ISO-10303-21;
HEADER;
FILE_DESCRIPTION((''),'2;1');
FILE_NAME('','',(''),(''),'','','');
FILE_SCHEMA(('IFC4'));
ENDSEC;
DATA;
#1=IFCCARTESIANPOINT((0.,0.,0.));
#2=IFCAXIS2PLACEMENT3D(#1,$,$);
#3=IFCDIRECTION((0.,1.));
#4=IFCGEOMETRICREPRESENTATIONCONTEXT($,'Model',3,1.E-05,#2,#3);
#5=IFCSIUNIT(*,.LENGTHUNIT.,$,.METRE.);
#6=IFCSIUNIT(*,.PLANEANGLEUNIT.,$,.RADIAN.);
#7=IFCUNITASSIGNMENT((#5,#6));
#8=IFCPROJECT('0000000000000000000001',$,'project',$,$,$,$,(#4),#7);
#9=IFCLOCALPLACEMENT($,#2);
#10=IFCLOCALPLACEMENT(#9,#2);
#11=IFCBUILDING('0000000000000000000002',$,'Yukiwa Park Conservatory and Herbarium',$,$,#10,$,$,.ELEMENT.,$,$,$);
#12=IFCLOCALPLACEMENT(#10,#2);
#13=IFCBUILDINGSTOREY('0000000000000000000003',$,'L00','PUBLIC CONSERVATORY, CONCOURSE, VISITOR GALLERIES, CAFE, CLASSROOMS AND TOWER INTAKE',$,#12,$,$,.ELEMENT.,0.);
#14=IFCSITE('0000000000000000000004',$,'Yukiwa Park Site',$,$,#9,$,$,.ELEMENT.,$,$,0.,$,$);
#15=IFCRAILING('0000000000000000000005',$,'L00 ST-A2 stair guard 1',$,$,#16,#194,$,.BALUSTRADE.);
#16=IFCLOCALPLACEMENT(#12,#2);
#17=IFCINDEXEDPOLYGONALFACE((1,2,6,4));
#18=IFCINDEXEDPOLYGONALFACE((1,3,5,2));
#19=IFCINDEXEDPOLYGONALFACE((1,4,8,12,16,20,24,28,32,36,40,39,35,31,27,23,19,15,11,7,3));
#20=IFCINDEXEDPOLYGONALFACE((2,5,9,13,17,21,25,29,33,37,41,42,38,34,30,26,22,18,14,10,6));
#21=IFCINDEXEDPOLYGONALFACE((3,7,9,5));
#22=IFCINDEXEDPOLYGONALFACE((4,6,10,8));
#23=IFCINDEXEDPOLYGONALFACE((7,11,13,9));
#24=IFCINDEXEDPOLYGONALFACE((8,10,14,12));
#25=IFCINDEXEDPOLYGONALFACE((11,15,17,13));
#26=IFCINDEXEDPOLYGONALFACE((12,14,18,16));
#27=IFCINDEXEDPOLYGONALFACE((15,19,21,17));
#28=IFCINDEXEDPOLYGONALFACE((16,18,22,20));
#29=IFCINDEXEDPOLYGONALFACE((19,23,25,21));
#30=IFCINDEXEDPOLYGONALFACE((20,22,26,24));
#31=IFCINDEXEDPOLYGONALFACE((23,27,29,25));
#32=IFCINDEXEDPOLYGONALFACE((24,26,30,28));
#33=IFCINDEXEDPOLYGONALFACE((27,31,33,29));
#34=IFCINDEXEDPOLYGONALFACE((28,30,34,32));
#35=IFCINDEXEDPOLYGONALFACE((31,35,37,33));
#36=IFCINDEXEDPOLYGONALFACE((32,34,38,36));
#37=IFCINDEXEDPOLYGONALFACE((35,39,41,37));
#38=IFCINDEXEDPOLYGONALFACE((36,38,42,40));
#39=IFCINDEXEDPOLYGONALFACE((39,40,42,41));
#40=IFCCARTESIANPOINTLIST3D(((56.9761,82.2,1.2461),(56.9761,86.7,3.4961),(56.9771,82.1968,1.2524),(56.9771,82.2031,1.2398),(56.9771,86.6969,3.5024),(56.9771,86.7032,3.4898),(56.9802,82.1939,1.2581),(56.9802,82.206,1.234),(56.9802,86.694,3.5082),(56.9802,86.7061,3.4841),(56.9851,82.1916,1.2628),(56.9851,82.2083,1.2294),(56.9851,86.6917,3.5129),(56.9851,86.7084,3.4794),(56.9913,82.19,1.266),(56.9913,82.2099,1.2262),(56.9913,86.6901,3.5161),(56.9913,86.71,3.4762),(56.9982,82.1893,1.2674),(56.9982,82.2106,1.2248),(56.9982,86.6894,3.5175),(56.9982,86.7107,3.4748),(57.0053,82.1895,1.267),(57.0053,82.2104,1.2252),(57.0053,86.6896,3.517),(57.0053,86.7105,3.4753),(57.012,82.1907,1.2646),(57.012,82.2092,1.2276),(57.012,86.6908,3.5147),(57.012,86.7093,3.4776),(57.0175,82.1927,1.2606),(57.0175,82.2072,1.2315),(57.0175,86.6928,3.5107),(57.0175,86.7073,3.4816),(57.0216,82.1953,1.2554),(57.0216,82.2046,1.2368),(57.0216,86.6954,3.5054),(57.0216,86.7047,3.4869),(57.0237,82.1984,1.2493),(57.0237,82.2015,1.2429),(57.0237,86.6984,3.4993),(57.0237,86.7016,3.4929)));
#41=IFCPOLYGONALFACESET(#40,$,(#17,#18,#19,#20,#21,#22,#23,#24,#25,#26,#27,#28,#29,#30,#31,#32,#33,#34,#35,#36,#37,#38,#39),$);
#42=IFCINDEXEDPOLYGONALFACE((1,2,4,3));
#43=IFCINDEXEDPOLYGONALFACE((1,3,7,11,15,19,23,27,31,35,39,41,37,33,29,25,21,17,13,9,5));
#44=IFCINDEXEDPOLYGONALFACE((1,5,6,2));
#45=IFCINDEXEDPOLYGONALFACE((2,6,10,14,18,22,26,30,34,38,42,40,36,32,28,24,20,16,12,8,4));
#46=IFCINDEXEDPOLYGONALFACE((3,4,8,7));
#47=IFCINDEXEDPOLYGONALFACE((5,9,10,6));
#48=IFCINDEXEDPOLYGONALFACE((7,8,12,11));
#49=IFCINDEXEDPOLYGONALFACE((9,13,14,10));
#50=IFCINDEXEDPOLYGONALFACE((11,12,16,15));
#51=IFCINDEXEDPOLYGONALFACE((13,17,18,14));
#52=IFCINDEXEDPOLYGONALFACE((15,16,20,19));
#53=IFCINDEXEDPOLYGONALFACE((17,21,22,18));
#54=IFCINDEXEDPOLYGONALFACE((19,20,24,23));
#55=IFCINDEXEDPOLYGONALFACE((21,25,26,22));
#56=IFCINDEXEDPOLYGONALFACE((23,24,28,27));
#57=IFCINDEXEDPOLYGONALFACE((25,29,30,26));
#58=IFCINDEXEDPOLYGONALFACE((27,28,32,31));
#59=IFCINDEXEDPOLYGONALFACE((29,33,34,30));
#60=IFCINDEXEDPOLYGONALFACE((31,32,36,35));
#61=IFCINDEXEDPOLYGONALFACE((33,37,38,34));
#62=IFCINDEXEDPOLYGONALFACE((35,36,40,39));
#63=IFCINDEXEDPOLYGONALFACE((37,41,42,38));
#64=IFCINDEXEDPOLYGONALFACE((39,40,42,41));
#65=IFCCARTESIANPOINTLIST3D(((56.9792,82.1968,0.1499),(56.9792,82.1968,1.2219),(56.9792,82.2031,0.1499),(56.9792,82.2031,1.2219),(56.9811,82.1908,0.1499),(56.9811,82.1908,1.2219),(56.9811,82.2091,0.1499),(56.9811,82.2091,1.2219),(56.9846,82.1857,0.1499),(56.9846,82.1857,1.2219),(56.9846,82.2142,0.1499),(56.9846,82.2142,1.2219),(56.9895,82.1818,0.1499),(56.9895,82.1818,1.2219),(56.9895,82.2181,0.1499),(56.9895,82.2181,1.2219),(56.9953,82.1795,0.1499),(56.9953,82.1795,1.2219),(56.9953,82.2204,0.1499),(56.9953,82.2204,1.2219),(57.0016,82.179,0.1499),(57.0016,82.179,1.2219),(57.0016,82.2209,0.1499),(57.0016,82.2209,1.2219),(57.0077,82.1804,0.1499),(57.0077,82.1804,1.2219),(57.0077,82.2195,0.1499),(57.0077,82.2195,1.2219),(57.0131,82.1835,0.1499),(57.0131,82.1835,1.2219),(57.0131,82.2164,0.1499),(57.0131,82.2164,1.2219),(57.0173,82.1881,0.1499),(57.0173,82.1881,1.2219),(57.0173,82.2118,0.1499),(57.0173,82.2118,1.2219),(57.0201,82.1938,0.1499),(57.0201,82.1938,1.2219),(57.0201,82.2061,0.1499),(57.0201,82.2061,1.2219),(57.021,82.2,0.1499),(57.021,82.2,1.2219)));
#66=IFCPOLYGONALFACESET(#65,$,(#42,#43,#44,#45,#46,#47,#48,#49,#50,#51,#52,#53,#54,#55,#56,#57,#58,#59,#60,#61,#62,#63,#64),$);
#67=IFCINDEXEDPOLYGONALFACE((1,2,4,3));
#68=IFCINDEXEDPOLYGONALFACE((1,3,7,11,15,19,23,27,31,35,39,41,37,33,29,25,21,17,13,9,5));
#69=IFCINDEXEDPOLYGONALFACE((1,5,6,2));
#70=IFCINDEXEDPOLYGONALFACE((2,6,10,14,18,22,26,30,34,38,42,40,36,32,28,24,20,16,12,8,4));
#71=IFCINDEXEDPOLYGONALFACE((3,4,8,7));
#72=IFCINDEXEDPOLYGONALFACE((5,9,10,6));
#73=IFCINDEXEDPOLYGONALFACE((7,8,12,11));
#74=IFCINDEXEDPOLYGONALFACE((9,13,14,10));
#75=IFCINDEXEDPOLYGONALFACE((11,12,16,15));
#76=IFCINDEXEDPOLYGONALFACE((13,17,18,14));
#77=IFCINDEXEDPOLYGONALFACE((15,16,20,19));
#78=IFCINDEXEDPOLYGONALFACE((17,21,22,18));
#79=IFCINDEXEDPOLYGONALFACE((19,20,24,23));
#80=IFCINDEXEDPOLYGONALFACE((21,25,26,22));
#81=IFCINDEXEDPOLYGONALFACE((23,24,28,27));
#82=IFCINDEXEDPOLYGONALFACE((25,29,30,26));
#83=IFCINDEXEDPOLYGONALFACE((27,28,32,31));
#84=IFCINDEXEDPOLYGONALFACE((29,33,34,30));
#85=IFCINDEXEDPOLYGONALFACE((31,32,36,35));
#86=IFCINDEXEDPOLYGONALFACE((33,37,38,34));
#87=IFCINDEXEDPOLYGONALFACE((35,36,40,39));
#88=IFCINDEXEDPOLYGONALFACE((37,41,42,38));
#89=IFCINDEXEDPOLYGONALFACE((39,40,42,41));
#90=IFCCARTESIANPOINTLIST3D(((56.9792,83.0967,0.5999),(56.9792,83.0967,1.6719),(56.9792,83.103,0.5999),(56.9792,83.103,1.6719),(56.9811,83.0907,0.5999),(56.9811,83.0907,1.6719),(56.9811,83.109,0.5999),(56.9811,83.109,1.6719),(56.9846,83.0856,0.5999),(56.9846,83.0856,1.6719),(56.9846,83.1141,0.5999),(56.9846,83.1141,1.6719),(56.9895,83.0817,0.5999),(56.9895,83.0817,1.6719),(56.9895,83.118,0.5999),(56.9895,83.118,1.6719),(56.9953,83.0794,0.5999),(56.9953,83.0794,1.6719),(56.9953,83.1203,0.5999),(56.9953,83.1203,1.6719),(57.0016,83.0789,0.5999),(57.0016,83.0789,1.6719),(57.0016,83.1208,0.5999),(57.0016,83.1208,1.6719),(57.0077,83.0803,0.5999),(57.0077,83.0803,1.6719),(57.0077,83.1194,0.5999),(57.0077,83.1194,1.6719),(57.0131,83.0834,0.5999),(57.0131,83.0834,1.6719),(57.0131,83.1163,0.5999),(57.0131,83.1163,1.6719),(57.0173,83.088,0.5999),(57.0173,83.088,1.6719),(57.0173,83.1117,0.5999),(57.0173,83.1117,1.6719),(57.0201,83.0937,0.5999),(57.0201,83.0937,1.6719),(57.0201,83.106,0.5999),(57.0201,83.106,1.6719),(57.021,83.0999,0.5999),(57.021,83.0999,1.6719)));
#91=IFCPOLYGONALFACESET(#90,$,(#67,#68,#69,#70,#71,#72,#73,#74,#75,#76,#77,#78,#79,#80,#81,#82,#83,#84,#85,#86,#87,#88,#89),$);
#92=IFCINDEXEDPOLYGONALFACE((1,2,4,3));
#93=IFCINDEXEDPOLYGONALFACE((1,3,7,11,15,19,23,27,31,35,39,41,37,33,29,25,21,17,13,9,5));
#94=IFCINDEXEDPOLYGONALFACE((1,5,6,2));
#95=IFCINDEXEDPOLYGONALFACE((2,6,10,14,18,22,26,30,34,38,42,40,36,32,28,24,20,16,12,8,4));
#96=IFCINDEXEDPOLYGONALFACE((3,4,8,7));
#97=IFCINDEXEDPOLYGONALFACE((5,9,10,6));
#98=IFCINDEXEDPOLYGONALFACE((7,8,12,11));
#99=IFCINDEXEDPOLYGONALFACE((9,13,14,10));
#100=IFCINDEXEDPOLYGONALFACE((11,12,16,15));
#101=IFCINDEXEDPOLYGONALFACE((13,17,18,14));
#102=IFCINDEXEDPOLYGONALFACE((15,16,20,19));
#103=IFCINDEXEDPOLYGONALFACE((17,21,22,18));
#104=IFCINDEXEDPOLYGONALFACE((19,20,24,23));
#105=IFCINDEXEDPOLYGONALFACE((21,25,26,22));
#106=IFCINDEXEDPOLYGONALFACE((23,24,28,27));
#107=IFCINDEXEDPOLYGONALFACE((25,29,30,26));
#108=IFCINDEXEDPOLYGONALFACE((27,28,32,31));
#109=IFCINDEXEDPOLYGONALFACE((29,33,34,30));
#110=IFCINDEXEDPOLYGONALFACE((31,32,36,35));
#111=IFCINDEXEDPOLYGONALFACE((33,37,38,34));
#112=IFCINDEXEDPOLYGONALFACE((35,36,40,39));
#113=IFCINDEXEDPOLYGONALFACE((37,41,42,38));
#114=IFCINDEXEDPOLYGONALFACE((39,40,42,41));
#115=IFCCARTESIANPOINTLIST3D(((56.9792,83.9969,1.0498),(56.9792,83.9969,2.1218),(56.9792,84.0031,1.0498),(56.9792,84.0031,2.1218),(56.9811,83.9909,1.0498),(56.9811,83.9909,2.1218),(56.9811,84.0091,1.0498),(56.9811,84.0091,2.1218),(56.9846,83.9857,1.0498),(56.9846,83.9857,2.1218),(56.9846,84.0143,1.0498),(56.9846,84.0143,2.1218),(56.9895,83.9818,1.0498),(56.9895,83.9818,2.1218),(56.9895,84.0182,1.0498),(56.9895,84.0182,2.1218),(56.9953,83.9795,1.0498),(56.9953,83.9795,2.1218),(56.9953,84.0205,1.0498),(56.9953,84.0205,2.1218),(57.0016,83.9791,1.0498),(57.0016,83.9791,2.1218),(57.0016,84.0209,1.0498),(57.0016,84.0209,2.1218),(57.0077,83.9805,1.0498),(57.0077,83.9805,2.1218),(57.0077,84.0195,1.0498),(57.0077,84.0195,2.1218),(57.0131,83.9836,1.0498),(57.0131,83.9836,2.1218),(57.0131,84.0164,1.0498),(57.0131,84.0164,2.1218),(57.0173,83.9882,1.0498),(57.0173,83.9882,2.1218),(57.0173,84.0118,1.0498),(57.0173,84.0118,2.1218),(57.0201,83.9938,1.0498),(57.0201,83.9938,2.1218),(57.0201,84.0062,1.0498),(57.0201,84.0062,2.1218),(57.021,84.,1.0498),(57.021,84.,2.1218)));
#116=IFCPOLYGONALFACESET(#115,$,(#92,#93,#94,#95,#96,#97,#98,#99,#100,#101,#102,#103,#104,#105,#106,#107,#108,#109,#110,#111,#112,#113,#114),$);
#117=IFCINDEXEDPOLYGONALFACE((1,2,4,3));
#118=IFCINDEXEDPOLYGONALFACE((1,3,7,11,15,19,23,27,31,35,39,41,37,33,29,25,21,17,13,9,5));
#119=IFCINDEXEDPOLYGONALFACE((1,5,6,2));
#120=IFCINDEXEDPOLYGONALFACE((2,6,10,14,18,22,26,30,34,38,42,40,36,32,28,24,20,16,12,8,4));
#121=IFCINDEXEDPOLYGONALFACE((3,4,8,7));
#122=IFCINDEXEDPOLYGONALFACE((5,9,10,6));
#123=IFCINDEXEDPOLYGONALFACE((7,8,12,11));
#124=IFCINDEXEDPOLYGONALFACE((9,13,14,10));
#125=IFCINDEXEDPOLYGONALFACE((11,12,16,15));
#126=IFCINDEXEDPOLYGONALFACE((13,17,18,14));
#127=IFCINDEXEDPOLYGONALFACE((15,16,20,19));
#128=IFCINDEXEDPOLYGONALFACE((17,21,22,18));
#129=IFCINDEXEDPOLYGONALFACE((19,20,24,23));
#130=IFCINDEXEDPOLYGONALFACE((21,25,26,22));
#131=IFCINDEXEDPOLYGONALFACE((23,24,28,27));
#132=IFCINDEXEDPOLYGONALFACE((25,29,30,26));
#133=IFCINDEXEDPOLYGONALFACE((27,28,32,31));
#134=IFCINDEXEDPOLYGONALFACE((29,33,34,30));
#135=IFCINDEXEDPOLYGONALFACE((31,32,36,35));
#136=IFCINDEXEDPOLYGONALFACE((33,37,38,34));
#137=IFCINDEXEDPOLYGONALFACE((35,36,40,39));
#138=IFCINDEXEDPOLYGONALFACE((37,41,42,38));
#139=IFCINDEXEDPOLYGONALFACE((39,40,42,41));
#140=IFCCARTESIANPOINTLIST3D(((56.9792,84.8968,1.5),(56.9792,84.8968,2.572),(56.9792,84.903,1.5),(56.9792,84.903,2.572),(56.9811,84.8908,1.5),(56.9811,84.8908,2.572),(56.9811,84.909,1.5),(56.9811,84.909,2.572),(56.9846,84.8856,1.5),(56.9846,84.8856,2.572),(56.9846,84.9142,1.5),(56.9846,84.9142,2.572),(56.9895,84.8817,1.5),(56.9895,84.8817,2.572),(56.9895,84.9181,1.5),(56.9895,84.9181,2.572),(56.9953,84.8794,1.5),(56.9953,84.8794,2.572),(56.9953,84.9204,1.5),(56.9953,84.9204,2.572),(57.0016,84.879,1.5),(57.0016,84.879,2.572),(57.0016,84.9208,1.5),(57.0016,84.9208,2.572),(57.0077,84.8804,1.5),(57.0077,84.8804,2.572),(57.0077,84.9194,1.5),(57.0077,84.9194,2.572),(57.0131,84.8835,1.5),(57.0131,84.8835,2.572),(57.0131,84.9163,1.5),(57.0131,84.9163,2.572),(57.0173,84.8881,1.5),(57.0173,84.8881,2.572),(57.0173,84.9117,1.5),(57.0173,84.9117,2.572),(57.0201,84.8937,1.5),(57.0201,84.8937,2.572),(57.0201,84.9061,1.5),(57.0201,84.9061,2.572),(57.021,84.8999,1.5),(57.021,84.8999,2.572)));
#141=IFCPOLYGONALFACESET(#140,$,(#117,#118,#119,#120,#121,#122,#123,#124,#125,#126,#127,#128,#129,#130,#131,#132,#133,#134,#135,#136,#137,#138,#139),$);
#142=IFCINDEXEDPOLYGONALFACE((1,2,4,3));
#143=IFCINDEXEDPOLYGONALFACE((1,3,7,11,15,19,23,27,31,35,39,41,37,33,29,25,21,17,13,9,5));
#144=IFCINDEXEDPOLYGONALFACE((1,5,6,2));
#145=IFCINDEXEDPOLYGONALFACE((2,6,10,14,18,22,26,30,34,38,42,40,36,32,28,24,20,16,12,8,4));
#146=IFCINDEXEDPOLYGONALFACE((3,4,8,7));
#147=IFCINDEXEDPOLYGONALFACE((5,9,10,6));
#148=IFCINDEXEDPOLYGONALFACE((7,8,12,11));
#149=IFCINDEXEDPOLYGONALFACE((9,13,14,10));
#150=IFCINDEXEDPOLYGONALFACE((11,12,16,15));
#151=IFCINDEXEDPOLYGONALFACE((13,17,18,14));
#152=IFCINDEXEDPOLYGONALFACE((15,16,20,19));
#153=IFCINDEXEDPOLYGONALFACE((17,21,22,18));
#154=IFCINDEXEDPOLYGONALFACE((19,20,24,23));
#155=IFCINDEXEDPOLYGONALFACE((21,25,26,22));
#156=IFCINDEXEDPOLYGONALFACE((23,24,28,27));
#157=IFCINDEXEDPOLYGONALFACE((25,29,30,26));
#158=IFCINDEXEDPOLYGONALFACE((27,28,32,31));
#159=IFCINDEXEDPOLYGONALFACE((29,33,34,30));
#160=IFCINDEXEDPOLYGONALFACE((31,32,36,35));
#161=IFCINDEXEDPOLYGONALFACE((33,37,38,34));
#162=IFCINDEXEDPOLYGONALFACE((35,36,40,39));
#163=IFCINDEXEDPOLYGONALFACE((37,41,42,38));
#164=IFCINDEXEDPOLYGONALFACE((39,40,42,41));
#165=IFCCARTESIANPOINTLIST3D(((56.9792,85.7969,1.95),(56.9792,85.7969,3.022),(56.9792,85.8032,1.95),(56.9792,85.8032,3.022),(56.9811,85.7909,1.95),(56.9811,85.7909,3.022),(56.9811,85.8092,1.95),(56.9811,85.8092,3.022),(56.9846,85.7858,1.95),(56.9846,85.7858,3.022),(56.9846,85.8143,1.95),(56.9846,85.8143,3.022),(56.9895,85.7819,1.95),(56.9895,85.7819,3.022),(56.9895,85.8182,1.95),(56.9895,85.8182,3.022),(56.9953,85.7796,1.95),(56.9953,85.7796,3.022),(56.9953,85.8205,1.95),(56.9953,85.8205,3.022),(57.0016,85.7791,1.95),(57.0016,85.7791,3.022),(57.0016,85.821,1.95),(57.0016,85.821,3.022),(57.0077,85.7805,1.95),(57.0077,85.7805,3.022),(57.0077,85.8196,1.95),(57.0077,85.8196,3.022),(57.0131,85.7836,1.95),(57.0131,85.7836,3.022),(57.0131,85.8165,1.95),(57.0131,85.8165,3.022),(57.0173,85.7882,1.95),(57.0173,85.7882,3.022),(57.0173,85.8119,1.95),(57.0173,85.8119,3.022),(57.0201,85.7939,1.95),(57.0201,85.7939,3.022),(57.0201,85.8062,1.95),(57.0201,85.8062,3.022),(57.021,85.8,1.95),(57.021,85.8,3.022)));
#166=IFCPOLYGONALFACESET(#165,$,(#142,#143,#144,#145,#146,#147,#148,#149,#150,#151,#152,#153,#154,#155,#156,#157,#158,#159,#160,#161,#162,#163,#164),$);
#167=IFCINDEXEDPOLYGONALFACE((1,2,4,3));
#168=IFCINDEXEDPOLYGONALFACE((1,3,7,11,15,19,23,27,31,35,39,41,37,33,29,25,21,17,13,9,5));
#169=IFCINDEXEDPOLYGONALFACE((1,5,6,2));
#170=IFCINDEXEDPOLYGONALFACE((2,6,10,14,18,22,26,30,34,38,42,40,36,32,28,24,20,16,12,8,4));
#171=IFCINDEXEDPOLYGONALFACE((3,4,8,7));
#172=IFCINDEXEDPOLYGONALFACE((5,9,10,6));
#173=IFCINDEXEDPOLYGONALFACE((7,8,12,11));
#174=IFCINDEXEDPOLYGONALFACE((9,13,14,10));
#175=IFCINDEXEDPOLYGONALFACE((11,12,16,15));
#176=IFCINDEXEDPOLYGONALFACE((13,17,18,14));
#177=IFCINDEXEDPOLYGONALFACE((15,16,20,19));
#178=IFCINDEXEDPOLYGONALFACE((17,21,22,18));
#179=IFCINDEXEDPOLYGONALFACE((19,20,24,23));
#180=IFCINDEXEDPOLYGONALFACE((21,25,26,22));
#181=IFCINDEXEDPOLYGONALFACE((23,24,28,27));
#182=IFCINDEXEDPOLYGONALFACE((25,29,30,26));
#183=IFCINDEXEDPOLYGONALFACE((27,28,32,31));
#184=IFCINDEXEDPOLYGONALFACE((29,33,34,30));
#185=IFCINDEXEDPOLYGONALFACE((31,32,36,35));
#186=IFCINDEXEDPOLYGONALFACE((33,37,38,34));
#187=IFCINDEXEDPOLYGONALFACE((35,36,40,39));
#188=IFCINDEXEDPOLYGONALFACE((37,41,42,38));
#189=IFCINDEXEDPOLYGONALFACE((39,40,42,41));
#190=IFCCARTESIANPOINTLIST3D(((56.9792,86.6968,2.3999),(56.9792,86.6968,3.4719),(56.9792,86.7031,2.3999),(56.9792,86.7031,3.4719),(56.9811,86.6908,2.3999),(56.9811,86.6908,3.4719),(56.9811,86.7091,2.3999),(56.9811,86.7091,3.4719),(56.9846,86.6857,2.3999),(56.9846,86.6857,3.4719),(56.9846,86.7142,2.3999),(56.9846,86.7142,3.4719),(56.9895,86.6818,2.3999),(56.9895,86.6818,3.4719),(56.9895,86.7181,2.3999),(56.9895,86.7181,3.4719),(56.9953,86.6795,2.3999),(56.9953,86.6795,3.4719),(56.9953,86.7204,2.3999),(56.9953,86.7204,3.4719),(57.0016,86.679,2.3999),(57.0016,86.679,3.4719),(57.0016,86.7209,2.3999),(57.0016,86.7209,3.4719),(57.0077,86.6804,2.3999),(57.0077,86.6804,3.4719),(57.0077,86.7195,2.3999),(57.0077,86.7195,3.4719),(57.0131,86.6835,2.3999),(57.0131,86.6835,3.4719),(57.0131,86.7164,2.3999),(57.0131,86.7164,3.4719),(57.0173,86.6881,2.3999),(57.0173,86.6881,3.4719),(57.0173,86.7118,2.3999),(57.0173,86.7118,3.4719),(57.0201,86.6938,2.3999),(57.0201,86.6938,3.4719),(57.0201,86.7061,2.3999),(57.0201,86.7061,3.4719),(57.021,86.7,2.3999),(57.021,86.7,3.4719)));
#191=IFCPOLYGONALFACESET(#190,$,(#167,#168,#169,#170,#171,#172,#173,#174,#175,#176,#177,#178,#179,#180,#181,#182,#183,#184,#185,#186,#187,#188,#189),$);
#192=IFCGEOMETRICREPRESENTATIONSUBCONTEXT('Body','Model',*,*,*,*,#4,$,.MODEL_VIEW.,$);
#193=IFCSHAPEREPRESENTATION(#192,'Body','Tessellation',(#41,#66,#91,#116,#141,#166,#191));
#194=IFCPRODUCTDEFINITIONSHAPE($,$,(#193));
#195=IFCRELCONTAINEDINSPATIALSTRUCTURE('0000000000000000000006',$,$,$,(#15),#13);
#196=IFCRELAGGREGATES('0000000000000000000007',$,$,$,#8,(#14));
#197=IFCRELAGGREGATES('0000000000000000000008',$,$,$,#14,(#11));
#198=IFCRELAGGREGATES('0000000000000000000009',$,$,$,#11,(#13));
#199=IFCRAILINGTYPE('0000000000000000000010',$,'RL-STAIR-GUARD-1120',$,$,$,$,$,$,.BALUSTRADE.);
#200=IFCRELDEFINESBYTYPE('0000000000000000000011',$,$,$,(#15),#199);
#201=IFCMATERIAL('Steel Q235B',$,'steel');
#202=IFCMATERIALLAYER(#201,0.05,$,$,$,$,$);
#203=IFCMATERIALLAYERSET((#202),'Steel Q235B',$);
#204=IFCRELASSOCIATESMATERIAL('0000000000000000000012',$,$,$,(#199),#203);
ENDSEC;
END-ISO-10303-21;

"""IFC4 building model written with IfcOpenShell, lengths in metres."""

from ifc_helpers import new_model, si_unit, direction, frame, origin, origin_2d, place, context, subcontext, project, spatial, circle, extrude, material, layer, layer_set, type_object, element, save


model = new_model("IFC4")

# Units and contexts
model_context = context("Model", 3, precision=1e-05, world=origin(), true_north=direction((0.0, 1.0)))
body_context = subcontext(model_context, "Body", "Model", "MODEL_VIEW")
ifc_project = project(units=[si_unit("LENGTHUNIT", "METRE"), si_unit("PLANEANGLEUNIT", "RADIAN")], contexts=[model_context])

# Site, building, storey
site_placement = place(None, origin())
site = spatial("IfcSite", under=ifc_project, at=site_placement, Name="Yukiwa Park Site", CompositionType="ELEMENT", RefElevation=0.0)
building_placement = place(site_placement, origin())
building = spatial("IfcBuilding", under=site, at=building_placement, Name="Yukiwa Park Conservatory and Herbarium", CompositionType="ELEMENT")
storey_placement = place(building_placement, origin())
storey = spatial("IfcBuildingStorey", under=building, at=storey_placement, Name="L00", Description="PUBLIC CONSERVATORY, CONCOURSE, VISITOR GALLERIES, CAFE, CLASSROOMS AND TOWER INTAKE", CompositionType="ELEMENT", Elevation=0.0)

# Railing
ifc_material_1 = material(Name="Steel Q235B", Category="steel")
ifc_layer_1 = layer(ifc_material_1, 0.05)
ifc_layer_set_1 = layer_set([ifc_layer_1], Name="Steel Q235B")
railing_type_1 = type_object("IfcRailingType", Name="RL-STAIR-GUARD-1120", PredefinedType="BALUSTRADE", material=ifc_layer_set_1)
railing_1_placement = place(storey_placement, frame((57.0, 82.2, 0.1499)))
element("IfcRailing", 1, at=railing_1_placement, inside=storey, type_object=railing_type_1, Name="L00 ST-A2 stair guard 1", PredefinedType="BALUSTRADE", context=body_context, shape_type="SweptSolid", body=[
    extrude(circle(Radius=0.0239, at=origin_2d()), frame((0.0, 0.0, 1.0962), z_axis=(0.0, 0.894427, 0.447214), x_axis=(-1.0, 0.0, 0.0)), (0.0, 0.0, 1.0), 5.0312),
    extrude(circle(Radius=0.021, at=origin_2d()), origin(), (0.0, 0.0, 1.0), 1.072),
    extrude(circle(Radius=0.021, at=origin_2d()), frame((0.0, 0.8999, 0.45)), (0.0, 0.0, 1.0), 1.072),
    extrude(circle(Radius=0.021, at=origin_2d()), frame((0.0, 1.8, 0.8999)), (0.0, 0.0, 1.0), 1.072),
    extrude(circle(Radius=0.021, at=origin_2d()), frame((0.0, 2.7, 1.3501)), (0.0, 0.0, 1.0), 1.072),
    extrude(circle(Radius=0.021, at=origin_2d()), frame((0.0, 3.6001, 1.8)), (0.0, 0.0, 1.0), 1.072),
    extrude(circle(Radius=0.021, at=origin_2d()), frame((0.0, 4.5, 2.25)), (0.0, 0.0, 1.0), 1.072),
])

save(model, "model.ifc")
